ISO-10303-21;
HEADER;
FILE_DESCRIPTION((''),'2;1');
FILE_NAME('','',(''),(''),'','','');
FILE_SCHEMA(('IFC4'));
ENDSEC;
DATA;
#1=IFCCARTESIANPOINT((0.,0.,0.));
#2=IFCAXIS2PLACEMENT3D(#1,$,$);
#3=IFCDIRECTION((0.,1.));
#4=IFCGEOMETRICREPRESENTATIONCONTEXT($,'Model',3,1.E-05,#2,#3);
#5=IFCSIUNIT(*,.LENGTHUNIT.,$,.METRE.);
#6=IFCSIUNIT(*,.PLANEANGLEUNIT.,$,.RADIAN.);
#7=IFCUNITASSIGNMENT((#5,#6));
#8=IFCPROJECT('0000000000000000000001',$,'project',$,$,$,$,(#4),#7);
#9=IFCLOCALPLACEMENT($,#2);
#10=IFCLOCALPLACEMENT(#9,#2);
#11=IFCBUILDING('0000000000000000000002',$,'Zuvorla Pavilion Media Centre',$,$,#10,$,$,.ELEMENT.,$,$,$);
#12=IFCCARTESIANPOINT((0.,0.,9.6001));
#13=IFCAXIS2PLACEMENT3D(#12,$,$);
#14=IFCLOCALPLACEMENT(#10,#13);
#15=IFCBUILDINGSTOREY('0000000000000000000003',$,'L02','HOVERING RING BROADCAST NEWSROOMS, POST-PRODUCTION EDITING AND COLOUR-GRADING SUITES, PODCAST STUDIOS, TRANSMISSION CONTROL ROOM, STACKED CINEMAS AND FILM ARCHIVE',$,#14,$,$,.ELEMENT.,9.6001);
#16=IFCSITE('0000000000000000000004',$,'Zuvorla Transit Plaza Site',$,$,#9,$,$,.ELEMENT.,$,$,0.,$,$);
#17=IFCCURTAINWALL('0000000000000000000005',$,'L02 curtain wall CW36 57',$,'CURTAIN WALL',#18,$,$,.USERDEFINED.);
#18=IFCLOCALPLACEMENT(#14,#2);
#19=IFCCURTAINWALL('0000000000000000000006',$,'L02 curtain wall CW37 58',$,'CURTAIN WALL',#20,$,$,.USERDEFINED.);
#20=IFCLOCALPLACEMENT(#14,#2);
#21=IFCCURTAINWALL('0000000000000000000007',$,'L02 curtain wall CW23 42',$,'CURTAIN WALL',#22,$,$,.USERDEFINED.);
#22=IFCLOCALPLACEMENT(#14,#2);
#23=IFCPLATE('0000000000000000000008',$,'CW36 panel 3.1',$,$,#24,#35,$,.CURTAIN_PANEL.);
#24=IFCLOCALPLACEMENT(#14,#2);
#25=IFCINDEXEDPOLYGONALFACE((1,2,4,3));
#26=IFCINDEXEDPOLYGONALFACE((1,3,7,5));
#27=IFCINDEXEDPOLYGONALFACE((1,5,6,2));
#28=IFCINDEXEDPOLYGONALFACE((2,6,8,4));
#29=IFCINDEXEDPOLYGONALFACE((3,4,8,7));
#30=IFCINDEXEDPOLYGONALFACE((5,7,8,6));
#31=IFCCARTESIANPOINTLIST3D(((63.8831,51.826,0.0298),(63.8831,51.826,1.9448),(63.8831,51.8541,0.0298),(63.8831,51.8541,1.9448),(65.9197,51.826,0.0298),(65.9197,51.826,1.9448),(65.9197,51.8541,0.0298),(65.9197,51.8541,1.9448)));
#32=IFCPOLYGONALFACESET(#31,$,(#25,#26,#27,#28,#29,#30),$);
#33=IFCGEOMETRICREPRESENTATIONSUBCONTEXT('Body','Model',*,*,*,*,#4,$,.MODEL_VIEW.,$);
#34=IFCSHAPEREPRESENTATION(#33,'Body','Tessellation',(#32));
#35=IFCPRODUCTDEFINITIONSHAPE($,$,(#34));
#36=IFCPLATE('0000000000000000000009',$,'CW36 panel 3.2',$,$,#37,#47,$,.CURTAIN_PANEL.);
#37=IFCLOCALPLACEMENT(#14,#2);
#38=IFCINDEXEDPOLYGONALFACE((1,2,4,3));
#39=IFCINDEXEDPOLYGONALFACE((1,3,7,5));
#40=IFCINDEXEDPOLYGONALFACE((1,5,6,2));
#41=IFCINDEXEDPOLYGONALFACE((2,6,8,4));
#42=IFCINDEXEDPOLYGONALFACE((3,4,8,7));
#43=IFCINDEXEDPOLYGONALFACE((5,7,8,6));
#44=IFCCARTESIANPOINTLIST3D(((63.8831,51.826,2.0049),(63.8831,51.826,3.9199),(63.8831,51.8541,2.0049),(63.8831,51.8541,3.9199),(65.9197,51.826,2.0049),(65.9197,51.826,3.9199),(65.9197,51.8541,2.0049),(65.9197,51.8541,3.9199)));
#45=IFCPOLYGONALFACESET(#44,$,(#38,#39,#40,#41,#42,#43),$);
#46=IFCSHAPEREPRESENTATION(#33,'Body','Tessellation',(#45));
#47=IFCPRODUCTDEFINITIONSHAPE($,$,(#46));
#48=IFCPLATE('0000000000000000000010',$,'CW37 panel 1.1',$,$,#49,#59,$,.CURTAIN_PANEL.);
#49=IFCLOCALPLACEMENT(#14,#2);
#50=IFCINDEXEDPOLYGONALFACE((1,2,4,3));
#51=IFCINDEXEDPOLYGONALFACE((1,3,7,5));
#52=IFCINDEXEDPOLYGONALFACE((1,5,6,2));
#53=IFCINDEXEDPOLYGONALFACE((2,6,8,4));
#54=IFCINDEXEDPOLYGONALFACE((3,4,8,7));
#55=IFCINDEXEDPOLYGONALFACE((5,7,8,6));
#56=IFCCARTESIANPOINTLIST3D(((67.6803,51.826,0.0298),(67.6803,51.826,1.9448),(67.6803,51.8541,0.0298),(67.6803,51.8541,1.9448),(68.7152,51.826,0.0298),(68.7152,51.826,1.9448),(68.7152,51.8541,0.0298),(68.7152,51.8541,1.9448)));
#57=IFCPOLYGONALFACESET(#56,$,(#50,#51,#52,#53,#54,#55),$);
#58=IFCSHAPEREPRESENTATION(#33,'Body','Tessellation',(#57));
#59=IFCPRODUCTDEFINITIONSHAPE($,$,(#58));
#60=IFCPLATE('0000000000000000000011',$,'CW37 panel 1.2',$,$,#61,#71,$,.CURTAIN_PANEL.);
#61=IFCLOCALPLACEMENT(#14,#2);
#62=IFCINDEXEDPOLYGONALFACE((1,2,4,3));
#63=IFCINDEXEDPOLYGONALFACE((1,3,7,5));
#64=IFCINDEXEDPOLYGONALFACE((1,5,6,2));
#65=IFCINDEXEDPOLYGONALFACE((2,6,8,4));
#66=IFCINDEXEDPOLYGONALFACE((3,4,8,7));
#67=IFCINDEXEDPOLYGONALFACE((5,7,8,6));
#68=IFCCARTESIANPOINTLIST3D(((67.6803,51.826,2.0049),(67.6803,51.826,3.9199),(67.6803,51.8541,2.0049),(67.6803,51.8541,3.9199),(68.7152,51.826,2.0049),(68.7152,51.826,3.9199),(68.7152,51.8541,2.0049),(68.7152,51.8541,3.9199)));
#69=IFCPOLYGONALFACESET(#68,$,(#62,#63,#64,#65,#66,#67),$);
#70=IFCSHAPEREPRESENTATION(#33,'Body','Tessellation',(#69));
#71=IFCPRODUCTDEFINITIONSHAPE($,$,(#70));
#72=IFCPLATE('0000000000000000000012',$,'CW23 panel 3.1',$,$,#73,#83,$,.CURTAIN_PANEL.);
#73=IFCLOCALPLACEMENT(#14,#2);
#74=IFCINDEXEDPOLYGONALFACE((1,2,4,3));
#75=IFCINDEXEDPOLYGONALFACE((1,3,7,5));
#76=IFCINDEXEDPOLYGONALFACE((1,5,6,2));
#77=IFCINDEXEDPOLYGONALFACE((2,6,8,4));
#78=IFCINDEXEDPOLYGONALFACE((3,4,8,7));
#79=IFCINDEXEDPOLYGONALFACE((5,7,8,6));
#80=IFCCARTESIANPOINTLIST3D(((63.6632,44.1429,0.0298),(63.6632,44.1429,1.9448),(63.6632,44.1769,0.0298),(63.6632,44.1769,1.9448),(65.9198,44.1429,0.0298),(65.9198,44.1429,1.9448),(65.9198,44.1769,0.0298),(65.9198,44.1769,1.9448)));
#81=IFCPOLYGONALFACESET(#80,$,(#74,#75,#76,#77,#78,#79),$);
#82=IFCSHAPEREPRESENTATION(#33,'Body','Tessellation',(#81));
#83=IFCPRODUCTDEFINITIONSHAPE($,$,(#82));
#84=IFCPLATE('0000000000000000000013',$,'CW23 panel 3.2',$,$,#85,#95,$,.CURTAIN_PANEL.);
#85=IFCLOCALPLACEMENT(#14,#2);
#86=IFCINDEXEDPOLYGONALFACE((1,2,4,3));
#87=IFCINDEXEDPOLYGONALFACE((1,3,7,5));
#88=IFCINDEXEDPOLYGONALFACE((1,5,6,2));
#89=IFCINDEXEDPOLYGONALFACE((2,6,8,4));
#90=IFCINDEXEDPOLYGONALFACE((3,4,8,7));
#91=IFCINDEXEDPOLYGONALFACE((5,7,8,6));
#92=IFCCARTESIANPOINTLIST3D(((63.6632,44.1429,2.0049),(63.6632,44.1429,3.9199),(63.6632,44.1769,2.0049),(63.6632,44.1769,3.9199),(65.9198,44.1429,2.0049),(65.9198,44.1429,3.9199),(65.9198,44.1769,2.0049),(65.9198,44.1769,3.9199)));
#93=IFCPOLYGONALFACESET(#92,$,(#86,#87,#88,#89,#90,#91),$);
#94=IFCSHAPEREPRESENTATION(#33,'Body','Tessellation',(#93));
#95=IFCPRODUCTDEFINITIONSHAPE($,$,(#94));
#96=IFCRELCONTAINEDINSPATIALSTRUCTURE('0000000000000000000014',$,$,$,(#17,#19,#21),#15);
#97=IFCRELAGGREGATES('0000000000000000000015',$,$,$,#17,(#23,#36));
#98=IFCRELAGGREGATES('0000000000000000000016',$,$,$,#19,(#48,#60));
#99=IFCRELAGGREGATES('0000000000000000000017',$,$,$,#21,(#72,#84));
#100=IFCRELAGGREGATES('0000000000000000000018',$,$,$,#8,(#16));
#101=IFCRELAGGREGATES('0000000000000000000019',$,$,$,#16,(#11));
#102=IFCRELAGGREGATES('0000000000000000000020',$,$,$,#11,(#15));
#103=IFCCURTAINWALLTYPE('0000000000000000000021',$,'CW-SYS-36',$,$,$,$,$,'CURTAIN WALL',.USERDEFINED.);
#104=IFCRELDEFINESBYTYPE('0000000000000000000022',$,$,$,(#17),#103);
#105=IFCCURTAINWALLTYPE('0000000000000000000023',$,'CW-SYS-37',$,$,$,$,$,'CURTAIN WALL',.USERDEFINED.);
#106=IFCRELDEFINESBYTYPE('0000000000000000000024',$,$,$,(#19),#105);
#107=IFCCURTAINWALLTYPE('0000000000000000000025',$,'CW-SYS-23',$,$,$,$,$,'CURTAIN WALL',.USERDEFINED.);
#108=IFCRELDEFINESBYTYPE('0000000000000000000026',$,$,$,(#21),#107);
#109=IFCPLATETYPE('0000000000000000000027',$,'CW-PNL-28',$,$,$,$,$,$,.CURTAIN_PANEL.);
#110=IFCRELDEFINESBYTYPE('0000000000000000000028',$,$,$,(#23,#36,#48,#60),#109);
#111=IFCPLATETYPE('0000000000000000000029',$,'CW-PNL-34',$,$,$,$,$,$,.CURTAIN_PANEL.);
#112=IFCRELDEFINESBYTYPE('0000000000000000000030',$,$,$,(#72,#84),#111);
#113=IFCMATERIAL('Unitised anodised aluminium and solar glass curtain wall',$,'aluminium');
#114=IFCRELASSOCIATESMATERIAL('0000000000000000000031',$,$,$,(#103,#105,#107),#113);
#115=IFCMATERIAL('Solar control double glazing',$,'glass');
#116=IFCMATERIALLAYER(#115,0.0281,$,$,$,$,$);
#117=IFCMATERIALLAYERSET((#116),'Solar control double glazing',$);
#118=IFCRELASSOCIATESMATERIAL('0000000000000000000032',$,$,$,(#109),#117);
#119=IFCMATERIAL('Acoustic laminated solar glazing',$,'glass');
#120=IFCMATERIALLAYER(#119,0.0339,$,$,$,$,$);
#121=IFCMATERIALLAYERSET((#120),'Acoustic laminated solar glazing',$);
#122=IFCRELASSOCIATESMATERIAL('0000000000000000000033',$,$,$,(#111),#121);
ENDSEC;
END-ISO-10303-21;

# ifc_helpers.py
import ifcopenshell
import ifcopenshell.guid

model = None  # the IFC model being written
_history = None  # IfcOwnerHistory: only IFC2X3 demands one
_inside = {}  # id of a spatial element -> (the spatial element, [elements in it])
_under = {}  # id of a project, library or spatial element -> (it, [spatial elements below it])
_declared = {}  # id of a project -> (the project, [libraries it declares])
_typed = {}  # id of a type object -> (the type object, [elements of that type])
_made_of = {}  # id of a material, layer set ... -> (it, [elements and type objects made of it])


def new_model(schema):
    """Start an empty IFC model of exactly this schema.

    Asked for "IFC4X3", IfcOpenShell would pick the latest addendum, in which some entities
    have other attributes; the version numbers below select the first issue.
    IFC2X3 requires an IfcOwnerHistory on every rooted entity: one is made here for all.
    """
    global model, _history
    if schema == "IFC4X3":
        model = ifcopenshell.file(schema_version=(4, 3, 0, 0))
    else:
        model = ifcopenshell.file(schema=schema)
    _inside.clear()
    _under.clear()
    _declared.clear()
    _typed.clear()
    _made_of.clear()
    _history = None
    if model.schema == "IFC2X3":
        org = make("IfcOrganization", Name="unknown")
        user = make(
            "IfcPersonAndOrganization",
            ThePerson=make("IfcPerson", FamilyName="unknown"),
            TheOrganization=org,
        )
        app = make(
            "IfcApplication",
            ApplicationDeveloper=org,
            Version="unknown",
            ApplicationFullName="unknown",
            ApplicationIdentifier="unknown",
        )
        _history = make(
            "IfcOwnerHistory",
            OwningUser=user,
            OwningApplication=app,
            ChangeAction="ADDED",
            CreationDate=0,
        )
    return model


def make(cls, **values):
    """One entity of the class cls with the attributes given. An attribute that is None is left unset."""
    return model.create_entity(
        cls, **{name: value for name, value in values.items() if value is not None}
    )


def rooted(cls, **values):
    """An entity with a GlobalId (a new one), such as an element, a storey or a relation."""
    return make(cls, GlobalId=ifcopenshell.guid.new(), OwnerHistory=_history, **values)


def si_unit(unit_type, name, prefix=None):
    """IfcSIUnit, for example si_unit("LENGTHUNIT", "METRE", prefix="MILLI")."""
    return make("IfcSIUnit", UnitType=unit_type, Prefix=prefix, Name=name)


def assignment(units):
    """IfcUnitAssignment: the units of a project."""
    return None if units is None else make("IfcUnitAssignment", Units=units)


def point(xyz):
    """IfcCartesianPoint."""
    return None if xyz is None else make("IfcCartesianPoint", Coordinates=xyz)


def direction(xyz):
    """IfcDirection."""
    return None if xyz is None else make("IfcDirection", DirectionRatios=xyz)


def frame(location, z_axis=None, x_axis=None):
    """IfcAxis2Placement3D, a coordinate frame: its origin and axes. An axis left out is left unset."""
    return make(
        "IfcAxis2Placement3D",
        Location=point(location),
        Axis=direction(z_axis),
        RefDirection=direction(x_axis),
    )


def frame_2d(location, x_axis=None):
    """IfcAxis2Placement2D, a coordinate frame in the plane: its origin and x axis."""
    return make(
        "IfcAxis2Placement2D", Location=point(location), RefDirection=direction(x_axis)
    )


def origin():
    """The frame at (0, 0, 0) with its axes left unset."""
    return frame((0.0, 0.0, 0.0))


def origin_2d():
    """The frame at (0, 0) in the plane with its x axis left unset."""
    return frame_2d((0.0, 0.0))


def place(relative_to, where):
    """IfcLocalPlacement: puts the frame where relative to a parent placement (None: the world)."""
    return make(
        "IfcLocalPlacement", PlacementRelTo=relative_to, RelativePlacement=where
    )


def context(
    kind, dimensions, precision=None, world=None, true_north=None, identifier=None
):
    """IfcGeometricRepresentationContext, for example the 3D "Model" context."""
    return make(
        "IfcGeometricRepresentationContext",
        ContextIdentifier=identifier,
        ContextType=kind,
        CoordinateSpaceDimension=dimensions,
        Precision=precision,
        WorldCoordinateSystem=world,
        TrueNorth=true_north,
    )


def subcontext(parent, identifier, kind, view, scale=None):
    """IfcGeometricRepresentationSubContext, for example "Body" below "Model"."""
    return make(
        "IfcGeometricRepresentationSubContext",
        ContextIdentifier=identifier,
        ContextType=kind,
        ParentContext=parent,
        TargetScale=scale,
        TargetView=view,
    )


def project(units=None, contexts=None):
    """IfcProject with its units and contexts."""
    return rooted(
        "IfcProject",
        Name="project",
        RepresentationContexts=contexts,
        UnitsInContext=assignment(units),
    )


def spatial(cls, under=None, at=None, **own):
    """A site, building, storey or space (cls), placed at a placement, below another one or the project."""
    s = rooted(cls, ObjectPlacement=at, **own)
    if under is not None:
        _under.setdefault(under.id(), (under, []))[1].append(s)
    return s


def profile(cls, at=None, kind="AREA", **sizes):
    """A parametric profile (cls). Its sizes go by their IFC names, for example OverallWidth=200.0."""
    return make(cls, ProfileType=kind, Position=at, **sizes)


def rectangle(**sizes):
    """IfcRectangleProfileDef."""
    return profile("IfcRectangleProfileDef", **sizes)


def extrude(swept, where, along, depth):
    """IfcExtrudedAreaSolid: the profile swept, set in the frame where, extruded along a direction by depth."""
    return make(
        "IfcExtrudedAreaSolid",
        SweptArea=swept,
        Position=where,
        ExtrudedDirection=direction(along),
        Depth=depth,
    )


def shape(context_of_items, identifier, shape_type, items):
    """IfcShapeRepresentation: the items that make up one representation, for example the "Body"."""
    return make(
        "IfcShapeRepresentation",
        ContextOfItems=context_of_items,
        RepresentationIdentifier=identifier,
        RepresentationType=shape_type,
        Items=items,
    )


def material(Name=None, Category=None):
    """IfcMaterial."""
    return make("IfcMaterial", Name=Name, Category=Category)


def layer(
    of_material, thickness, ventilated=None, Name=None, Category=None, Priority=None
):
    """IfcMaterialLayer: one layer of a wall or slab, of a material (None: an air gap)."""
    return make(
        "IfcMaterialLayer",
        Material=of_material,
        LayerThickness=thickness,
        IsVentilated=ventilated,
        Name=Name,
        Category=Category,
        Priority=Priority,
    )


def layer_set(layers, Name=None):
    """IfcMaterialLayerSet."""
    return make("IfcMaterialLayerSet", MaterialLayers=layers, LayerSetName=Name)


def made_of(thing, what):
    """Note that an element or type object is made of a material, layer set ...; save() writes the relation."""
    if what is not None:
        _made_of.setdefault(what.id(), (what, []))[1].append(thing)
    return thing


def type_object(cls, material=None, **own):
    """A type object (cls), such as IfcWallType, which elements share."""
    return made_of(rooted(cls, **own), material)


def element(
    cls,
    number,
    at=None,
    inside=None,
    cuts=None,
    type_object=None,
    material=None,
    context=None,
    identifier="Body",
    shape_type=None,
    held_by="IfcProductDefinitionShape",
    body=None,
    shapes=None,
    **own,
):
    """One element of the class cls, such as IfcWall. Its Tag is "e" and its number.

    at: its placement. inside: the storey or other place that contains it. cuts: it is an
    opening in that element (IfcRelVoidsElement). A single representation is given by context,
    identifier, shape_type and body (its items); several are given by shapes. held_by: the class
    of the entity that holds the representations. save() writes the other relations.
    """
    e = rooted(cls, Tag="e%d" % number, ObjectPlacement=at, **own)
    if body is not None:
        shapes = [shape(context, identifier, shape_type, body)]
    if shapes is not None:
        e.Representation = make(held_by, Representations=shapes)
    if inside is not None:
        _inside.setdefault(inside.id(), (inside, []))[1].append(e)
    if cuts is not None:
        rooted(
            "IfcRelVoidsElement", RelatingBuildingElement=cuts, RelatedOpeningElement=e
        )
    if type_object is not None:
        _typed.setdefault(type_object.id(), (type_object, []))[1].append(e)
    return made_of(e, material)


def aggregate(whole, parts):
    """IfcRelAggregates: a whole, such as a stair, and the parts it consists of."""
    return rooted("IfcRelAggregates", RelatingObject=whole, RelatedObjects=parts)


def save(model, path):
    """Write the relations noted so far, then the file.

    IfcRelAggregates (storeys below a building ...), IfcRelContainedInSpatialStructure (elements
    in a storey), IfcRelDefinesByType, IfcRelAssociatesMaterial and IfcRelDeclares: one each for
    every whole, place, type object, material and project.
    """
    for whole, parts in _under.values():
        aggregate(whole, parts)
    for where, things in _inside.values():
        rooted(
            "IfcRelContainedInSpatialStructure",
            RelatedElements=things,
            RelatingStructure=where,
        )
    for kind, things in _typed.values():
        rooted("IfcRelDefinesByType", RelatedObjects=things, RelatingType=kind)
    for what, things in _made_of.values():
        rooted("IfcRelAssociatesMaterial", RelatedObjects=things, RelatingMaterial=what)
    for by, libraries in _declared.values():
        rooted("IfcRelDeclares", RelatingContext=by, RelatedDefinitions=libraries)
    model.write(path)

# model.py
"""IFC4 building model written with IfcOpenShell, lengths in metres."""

from ifc_helpers import new_model, si_unit, direction, frame, origin, origin_2d, place, context, subcontext, project, spatial, rectangle, extrude, material, layer, layer_set, type_object, element, aggregate, save


model = new_model("IFC4")

# Units and contexts
model_context = context("Model", 3, precision=1e-05, world=origin(), true_north=direction((0.0, 1.0)))
body_context = subcontext(model_context, "Body", "Model", "MODEL_VIEW")
ifc_project = project(units=[si_unit("LENGTHUNIT", "METRE"), si_unit("PLANEANGLEUNIT", "RADIAN")], contexts=[model_context])

# Site, building, storey
site_placement = place(None, origin())
site = spatial("IfcSite", under=ifc_project, at=site_placement, Name="Zuvorla Transit Plaza Site", CompositionType="ELEMENT", RefElevation=0.0)
building_placement = place(site_placement, origin())
building = spatial("IfcBuilding", under=site, at=building_placement, Name="Zuvorla Pavilion Media Centre", CompositionType="ELEMENT")
storey_placement = place(building_placement, frame((0.0, 0.0, 9.6001)))
storey = spatial("IfcBuildingStorey", under=building, at=storey_placement, Name="L02", Description="HOVERING RING BROADCAST NEWSROOMS, POST-PRODUCTION EDITING AND COLOUR-GRADING SUITES, PODCAST STUDIOS, TRANSMISSION CONTROL ROOM, STACKED CINEMAS AND FILM ARCHIVE", CompositionType="ELEMENT", Elevation=9.6001)

# Curtain walls
ifc_material_1 = material(Name="Unitised anodised aluminium and solar glass curtain wall", Category="aluminium")
curtain_wall_type_1 = type_object("IfcCurtainWallType", Name="CW-SYS-36", ElementType="CURTAIN WALL", PredefinedType="USERDEFINED", material=ifc_material_1)
curtain_wall_1_placement = place(storey_placement, origin())
curtain_wall_1 = element("IfcCurtainWall", 1, at=curtain_wall_1_placement, inside=storey, type_object=curtain_wall_type_1, Name="L02 curtain wall CW36 57", ObjectType="CURTAIN WALL", PredefinedType="USERDEFINED")
curtain_wall_type_2 = type_object("IfcCurtainWallType", Name="CW-SYS-37", ElementType="CURTAIN WALL", PredefinedType="USERDEFINED", material=ifc_material_1)
curtain_wall_2_placement = place(storey_placement, origin())
curtain_wall_2 = element("IfcCurtainWall", 2, at=curtain_wall_2_placement, inside=storey, type_object=curtain_wall_type_2, Name="L02 curtain wall CW37 58", ObjectType="CURTAIN WALL", PredefinedType="USERDEFINED")
curtain_wall_type_3 = type_object("IfcCurtainWallType", Name="CW-SYS-23", ElementType="CURTAIN WALL", PredefinedType="USERDEFINED", material=ifc_material_1)
curtain_wall_3_placement = place(storey_placement, origin())
curtain_wall_3 = element("IfcCurtainWall", 3, at=curtain_wall_3_placement, inside=storey, type_object=curtain_wall_type_3, Name="L02 curtain wall CW23 42", ObjectType="CURTAIN WALL", PredefinedType="USERDEFINED")

# Plates
ifc_material_2 = material(Name="Solar control double glazing", Category="glass")
ifc_layer_1 = layer(ifc_material_2, 0.0281)
ifc_layer_set_1 = layer_set([ifc_layer_1], Name="Solar control double glazing")
plate_type_1 = type_object("IfcPlateType", Name="CW-PNL-28", PredefinedType="CURTAIN_PANEL", material=ifc_layer_set_1)
plate_1_placement = place(storey_placement, frame((64.9014, 51.8401, 0.0298), z_axis=(0.0, 0.0, 1.0), x_axis=(1.0, 0.0, 0.0)))
plate_1 = element("IfcPlate", 4, at=plate_1_placement, type_object=plate_type_1, Name="CW36 panel 3.1", PredefinedType="CURTAIN_PANEL", context=body_context, shape_type="SweptSolid", body=[
    extrude(rectangle(XDim=2.0366, YDim=0.0281, at=origin_2d()), origin(), (0.0, 0.0, 1.0), 1.915),
])
plate_2_placement = place(storey_placement, frame((64.9014, 51.8401, 2.0049), z_axis=(0.0, 0.0, 1.0), x_axis=(1.0, 0.0, 0.0)))
plate_2 = element("IfcPlate", 5, at=plate_2_placement, type_object=plate_type_1, Name="CW36 panel 3.2", PredefinedType="CURTAIN_PANEL", context=body_context, shape_type="SweptSolid", body=[
    extrude(rectangle(XDim=2.0366, YDim=0.0281, at=origin_2d()), origin(), (0.0, 0.0, 1.0), 1.915),
])
aggregate(curtain_wall_1, [plate_1, plate_2])
plate_3_placement = place(storey_placement, frame((68.1978, 51.8401, 0.0298), z_axis=(0.0, 0.0, 1.0), x_axis=(1.0, 0.0, 0.0)))
plate_3 = element("IfcPlate", 6, at=plate_3_placement, type_object=plate_type_1, Name="CW37 panel 1.1", PredefinedType="CURTAIN_PANEL", context=body_context, shape_type="SweptSolid", body=[
    extrude(rectangle(XDim=1.0349, YDim=0.0281, at=origin_2d()), origin(), (0.0, 0.0, 1.0), 1.915),
])
plate_4_placement = place(storey_placement, frame((68.1978, 51.8401, 2.0049), z_axis=(0.0, 0.0, 1.0), x_axis=(1.0, 0.0, 0.0)))
plate_4 = element("IfcPlate", 7, at=plate_4_placement, type_object=plate_type_1, Name="CW37 panel 1.2", PredefinedType="CURTAIN_PANEL", context=body_context, shape_type="SweptSolid", body=[
    extrude(rectangle(XDim=1.0349, YDim=0.0281, at=origin_2d()), origin(), (0.0, 0.0, 1.0), 1.915),
])
aggregate(curtain_wall_2, [plate_3, plate_4])
ifc_material_3 = material(Name="Acoustic laminated solar glazing", Category="glass")
ifc_layer_2 = layer(ifc_material_3, 0.0339)
ifc_layer_set_2 = layer_set([ifc_layer_2], Name="Acoustic laminated solar glazing")
plate_type_2 = type_object("IfcPlateType", Name="CW-PNL-34", PredefinedType="CURTAIN_PANEL", material=ifc_layer_set_2)
plate_5_placement = place(storey_placement, frame((64.7915, 44.1599, 0.0298), z_axis=(0.0, 0.0, 1.0), x_axis=(1.0, 0.0, 0.0)))
plate_5 = element("IfcPlate", 8, at=plate_5_placement, type_object=plate_type_2, Name="CW23 panel 3.1", PredefinedType="CURTAIN_PANEL", context=body_context, shape_type="SweptSolid", body=[
    extrude(rectangle(XDim=2.2566, YDim=0.0339, at=origin_2d()), origin(), (0.0, 0.0, 1.0), 1.915),
])
plate_6_placement = place(storey_placement, frame((64.7915, 44.1599, 2.0049), z_axis=(0.0, 0.0, 1.0), x_axis=(1.0, 0.0, 0.0)))
plate_6 = element("IfcPlate", 9, at=plate_6_placement, type_object=plate_type_2, Name="CW23 panel 3.2", PredefinedType="CURTAIN_PANEL", context=body_context, shape_type="SweptSolid", body=[
    extrude(rectangle(XDim=2.2566, YDim=0.0339, at=origin_2d()), origin(), (0.0, 0.0, 1.0), 1.915),
])
aggregate(curtain_wall_3, [plate_5, plate_6])

save(model, "model.ifc")
